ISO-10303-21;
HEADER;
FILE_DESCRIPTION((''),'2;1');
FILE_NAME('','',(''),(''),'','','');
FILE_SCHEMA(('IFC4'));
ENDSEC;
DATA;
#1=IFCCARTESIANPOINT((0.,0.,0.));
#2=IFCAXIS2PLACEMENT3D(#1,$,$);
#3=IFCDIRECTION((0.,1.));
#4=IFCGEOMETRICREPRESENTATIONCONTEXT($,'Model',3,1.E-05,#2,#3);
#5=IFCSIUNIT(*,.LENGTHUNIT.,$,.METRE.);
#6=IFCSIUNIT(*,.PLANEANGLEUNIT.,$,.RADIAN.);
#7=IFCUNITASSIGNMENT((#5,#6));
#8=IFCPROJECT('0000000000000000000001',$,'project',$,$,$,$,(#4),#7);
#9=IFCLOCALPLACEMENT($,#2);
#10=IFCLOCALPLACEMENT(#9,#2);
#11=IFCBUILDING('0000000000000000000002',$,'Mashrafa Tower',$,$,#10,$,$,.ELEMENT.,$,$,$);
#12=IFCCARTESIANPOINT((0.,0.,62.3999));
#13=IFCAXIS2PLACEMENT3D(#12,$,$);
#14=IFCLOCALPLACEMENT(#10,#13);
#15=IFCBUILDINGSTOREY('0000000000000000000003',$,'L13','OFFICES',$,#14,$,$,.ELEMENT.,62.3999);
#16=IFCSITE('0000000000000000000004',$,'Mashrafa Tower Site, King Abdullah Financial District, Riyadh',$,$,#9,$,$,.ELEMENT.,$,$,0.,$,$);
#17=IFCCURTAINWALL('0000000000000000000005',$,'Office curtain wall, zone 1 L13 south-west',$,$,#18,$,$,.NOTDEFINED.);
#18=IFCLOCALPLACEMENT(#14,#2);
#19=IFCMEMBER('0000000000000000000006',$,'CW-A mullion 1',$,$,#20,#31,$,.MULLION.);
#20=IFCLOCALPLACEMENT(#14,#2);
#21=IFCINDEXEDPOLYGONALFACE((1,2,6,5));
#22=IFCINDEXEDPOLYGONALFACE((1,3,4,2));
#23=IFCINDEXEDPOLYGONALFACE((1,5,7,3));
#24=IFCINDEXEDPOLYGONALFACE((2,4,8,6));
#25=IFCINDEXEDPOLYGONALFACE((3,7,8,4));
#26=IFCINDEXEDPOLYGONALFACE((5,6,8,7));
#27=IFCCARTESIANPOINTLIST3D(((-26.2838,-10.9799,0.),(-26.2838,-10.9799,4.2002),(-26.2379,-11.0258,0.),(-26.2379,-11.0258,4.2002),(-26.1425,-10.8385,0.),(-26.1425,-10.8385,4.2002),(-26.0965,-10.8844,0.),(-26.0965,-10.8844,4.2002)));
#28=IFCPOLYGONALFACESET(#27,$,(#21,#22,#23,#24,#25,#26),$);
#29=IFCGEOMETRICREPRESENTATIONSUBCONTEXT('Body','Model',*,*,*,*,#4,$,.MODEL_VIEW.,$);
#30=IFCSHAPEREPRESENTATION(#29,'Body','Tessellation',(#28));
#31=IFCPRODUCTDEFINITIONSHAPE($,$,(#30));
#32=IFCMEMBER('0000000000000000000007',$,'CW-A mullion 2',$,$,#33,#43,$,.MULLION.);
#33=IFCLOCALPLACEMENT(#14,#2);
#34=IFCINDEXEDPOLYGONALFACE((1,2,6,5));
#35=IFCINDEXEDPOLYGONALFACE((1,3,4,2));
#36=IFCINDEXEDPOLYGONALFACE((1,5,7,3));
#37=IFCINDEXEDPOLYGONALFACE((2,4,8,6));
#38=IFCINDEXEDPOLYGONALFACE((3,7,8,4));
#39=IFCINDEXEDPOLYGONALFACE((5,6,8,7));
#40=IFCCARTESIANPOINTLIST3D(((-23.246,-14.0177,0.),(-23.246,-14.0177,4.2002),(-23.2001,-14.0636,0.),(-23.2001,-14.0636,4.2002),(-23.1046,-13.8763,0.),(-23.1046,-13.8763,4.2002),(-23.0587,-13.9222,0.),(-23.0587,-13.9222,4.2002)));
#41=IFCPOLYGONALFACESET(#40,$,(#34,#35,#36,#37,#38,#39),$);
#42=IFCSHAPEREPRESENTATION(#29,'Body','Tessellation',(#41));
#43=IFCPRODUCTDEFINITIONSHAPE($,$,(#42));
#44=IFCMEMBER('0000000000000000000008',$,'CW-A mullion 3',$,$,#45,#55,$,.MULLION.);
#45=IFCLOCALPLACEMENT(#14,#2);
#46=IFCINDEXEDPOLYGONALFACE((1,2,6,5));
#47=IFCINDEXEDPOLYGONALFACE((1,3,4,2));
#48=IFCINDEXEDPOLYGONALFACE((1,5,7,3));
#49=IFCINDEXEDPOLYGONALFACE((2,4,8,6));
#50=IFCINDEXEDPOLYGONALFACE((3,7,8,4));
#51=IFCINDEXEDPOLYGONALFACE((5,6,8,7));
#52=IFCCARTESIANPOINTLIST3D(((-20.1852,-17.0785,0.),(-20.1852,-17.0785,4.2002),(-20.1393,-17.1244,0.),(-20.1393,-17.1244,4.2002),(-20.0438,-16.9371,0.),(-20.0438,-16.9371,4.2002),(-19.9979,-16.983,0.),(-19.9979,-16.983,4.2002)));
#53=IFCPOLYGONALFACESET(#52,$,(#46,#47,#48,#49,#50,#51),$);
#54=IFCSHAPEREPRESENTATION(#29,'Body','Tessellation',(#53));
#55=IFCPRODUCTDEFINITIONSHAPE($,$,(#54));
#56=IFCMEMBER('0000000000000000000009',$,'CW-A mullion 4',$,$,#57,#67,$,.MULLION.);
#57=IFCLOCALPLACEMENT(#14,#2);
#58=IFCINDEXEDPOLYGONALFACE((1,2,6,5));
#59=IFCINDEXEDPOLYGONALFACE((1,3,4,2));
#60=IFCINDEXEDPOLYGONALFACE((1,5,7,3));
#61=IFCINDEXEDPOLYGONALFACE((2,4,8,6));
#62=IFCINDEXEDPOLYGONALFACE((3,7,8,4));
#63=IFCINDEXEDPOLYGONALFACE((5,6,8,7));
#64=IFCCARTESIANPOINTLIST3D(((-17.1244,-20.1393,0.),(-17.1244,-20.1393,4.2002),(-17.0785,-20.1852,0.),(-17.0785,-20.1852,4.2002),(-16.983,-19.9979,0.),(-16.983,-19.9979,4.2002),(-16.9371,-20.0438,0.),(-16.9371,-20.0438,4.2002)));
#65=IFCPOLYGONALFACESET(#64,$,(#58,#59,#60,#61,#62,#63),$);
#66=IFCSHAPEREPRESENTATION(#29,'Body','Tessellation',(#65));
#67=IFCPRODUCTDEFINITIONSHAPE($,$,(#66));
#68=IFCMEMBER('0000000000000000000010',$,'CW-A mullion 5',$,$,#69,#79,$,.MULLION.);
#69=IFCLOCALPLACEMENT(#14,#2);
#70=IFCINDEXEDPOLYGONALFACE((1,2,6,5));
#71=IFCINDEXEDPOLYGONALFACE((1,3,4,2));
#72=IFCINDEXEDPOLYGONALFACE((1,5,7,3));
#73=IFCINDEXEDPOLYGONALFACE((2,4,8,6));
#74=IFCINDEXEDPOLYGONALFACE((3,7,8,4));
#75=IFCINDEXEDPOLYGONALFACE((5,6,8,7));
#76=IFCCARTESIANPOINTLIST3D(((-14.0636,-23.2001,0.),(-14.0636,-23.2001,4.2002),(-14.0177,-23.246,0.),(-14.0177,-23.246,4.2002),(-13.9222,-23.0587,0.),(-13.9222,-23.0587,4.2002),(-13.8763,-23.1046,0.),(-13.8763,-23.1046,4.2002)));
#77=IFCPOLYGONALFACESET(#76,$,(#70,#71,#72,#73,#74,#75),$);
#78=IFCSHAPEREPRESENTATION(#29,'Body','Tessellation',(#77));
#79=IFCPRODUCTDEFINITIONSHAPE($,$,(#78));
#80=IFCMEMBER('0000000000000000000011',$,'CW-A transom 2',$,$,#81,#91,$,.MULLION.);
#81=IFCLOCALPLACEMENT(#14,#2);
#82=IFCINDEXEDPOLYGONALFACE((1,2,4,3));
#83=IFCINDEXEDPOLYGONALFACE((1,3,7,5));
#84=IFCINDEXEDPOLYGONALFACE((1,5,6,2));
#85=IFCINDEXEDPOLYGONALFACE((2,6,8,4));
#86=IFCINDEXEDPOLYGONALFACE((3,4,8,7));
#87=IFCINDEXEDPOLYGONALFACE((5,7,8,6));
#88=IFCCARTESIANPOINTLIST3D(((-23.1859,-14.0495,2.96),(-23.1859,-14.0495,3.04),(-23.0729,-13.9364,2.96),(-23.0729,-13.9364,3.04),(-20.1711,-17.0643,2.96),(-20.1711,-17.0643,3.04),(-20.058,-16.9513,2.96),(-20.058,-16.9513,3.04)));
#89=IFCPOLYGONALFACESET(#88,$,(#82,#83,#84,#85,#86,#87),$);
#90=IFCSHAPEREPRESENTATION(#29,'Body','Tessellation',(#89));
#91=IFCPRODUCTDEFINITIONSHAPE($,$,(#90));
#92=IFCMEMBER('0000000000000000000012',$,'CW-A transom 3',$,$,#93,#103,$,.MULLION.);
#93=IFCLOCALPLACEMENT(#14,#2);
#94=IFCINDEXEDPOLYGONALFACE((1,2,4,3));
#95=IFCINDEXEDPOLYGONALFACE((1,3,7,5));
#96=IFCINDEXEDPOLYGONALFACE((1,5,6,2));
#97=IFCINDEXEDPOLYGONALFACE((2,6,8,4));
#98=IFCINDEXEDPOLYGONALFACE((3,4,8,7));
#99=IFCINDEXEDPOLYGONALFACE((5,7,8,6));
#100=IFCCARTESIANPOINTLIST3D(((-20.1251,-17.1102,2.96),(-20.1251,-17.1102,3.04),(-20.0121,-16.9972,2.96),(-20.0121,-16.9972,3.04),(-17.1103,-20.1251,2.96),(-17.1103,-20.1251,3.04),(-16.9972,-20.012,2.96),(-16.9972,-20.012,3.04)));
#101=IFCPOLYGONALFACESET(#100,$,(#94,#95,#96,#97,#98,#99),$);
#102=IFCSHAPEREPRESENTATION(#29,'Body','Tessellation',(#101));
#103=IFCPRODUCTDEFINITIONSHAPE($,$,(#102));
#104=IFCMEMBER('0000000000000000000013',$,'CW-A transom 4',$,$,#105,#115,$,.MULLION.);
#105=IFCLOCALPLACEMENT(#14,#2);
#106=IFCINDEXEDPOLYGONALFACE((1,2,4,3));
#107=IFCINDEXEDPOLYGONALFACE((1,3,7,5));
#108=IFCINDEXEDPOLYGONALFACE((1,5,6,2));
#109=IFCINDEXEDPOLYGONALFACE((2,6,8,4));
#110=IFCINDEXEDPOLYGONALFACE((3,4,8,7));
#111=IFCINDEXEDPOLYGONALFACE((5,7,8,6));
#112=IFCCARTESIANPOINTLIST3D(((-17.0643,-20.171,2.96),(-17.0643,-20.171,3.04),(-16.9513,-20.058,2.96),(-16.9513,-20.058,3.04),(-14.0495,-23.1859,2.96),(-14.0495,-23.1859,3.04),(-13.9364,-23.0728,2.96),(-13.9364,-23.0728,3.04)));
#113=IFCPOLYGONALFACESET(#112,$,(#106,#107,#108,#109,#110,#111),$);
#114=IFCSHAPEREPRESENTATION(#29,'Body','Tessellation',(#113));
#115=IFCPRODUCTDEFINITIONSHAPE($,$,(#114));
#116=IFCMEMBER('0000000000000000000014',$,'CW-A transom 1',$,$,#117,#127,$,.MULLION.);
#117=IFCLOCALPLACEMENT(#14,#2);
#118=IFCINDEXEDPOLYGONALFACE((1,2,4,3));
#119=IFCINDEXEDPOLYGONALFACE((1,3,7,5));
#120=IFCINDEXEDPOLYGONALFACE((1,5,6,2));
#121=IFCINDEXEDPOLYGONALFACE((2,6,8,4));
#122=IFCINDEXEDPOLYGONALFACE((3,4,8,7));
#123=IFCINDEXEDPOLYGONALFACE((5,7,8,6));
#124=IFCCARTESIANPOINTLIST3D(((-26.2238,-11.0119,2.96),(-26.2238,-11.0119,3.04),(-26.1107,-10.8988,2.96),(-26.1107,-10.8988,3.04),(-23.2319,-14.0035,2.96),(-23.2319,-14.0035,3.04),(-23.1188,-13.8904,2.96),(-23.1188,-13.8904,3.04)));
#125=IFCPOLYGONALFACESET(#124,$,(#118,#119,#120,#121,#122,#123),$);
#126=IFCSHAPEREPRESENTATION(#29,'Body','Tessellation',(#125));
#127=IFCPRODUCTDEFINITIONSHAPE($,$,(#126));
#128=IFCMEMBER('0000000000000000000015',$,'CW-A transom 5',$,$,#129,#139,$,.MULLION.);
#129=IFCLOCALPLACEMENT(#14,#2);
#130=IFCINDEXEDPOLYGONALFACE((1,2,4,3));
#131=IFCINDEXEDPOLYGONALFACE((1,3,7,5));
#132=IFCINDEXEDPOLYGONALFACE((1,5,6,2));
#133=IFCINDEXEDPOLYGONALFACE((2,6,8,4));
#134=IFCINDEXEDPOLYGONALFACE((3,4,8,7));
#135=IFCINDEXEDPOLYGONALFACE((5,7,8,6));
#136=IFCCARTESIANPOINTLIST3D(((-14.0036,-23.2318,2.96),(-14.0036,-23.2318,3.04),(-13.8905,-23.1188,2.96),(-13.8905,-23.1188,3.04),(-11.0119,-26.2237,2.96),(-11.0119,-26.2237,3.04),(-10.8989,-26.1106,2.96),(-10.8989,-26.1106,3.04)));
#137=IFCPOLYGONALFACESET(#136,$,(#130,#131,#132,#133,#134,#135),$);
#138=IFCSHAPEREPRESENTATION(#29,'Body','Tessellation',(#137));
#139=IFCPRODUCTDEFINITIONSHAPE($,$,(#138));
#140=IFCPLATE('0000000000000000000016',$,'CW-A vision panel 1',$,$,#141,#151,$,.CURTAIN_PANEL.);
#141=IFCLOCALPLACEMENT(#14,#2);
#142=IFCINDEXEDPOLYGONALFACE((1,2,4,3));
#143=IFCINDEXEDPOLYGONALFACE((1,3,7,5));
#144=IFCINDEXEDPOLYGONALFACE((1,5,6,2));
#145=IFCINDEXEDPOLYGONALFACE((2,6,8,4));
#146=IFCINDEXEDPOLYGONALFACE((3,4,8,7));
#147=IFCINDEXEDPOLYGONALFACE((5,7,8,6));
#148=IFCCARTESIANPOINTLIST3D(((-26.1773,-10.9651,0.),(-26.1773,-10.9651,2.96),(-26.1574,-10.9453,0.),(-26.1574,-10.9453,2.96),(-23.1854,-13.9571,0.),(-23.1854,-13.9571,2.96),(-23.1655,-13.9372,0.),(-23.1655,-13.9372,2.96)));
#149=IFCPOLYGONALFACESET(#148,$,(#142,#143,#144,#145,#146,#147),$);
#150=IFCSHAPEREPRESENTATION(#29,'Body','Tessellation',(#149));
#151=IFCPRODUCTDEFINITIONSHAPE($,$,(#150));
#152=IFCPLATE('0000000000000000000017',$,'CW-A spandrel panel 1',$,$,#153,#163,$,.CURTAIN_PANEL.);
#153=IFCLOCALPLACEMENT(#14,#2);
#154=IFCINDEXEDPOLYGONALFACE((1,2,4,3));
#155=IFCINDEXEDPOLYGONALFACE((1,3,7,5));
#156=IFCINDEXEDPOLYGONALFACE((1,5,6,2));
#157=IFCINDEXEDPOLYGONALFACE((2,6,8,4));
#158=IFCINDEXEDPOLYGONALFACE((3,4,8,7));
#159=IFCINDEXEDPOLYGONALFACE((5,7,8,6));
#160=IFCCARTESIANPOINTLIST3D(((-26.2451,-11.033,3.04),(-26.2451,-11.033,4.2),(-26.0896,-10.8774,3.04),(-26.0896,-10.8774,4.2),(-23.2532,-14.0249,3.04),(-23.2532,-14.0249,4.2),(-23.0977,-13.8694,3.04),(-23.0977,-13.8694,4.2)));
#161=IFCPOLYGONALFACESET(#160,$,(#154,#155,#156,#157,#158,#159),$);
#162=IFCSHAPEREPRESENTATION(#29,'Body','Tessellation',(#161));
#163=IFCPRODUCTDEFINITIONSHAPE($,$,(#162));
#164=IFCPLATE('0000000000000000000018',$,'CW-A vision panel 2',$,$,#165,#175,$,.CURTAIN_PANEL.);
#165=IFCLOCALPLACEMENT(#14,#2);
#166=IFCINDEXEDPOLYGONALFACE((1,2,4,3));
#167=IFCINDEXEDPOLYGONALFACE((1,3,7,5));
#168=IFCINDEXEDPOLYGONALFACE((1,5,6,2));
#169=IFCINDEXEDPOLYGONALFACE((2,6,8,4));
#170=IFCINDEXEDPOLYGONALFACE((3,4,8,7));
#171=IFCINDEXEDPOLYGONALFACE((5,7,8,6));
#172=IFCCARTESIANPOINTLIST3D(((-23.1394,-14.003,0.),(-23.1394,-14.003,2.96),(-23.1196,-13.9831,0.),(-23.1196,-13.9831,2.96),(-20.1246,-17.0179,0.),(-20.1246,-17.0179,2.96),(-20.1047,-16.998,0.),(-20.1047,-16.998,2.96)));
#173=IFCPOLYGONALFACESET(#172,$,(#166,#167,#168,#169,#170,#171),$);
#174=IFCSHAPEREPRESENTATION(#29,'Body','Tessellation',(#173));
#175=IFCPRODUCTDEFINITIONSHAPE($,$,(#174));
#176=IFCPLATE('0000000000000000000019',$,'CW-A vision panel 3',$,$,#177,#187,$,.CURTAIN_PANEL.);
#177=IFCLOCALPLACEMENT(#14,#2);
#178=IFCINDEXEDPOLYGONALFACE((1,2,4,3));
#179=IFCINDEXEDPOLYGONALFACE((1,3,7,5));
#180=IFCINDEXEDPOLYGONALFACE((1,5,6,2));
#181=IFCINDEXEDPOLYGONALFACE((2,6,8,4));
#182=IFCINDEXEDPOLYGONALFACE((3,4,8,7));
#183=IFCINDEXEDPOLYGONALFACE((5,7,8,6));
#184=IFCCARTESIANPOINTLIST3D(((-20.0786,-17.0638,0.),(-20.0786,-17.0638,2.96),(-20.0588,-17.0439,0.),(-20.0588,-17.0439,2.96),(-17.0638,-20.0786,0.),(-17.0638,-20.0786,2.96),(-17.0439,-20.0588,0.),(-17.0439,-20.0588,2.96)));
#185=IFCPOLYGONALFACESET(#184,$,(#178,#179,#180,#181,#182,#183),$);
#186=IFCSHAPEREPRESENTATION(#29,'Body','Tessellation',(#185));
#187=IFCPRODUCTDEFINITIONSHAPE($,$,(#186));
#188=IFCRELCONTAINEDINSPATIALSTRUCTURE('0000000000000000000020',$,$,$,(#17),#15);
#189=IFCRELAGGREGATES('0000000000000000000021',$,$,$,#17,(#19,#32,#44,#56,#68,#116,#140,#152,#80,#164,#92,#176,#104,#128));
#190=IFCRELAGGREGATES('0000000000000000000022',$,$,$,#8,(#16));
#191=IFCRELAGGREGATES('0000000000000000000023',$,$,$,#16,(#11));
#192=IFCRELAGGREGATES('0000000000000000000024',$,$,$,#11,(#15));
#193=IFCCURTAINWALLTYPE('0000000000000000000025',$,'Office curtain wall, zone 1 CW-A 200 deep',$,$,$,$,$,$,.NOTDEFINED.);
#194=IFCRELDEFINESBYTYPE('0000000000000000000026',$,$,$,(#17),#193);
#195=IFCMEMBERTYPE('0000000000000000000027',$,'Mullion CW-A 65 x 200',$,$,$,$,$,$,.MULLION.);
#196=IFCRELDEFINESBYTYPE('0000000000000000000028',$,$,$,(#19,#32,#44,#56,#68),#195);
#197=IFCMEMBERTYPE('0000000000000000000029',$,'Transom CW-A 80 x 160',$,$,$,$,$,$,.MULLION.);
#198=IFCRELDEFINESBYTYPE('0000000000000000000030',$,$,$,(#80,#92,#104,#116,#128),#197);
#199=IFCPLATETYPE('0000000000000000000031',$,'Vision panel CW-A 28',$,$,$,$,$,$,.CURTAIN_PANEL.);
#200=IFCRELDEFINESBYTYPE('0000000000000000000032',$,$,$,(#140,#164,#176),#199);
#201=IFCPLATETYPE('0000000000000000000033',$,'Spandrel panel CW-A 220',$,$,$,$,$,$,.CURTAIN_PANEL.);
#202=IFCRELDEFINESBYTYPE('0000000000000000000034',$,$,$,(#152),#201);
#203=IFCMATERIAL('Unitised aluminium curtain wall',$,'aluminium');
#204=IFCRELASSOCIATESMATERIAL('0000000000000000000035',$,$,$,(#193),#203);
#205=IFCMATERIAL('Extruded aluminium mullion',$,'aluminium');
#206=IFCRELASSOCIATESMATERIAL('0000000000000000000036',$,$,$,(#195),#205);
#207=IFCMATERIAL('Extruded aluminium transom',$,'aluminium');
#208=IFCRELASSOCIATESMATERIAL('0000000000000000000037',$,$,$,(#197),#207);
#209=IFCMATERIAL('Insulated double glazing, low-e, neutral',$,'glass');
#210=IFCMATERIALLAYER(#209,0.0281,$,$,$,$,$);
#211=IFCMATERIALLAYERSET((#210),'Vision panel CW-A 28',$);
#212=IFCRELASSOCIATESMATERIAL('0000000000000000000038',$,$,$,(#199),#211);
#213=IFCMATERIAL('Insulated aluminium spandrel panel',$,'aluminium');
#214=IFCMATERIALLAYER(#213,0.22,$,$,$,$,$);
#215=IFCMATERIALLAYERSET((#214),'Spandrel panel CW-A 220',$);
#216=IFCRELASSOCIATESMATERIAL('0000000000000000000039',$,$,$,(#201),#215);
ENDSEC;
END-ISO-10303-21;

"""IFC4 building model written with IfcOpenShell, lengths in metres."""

from ifc_helpers import new_model, si_unit, direction, frame, origin, origin_2d, place, context, subcontext, project, spatial, rectangle, extrude, source, transform, mapped, material, layer, layer_set, material_profile, profile_set, type_object, type_shapes, element, aggregate, save


model = new_model("IFC4")

# Units and contexts
model_context = context("Model", 3, precision=1e-05, world=origin(), true_north=direction((0.0, 1.0)))
body_context = subcontext(model_context, "Body", "Model", "MODEL_VIEW")
ifc_project = project(units=[si_unit("LENGTHUNIT", "METRE"), si_unit("PLANEANGLEUNIT", "RADIAN")], contexts=[model_context])

# Site, building, storey
site_placement = place(None, origin())
site = spatial("IfcSite", under=ifc_project, at=site_placement, Name="Mashrafa Tower Site, King Abdullah Financial District, Riyadh", CompositionType="ELEMENT", RefElevation=0.0)
building_placement = place(site_placement, origin())
building = spatial("IfcBuilding", under=site, at=building_placement, Name="Mashrafa Tower", CompositionType="ELEMENT")
storey_placement = place(building_placement, frame((0.0, 0.0, 62.3999)))
storey = spatial("IfcBuildingStorey", under=building, at=storey_placement, Name="L13", Description="OFFICES", CompositionType="ELEMENT", Elevation=62.3999)

# Shared definitions
ifc_material_1 = material(Name="Unitised aluminium curtain wall", Category="aluminium")
curtain_wall_type = type_object("IfcCurtainWallType", Name="Office curtain wall, zone 1 CW-A 200 deep", PredefinedType="NOTDEFINED", material=ifc_material_1)
ifc_material_2 = material(Name="Extruded aluminium mullion", Category="aluminium")
ifc_material_profile_1 = material_profile(ifc_material_2, rectangle(XDim=0.2, YDim=0.0649, at=origin_2d()), Name="Mullion 65x200")
ifc_profile_set_1 = profile_set([ifc_material_profile_1], Name="Extruded aluminium mullion")
member_type_1 = type_object("IfcMemberType", Name="Mullion CW-A 65 x 200", PredefinedType="MULLION", material=ifc_profile_set_1)
shared_shape_1 = source(origin(), body_context, "Body", "SweptSolid", [
    extrude(rectangle(XDim=0.2, YDim=0.0649, at=origin_2d()), origin(), (0.0, 0.0, 1.0), 4.2002),
])
type_shapes(member_type_1, [shared_shape_1])

# Curtain wall, members, plates
curtain_wall_1_placement = place(storey_placement, origin())
curtain_wall_1 = element("IfcCurtainWall", 1, at=curtain_wall_1_placement, inside=storey, type_object=curtain_wall_type, Name="Office curtain wall, zone 1 L13 south-west", PredefinedType="NOTDEFINED")
member_1_placement = place(storey_placement, frame((-26.1902, -10.9321, 0.0), z_axis=(0.0, 0.0, 1.0), x_axis=(0.707107, 0.707107, 0.0)))
member_1 = element("IfcMember", 2, at=member_1_placement, type_object=member_type_1, Name="CW-A mullion 1", PredefinedType="MULLION", context=body_context, shape_type="MappedRepresentation", body=[
    mapped(shared_shape_1, transform((0.0, 0.0, 0.0))),
])
member_2_placement = place(storey_placement, frame((-23.1523, -13.97, 0.0), z_axis=(0.0, 0.0, 1.0), x_axis=(0.707107, 0.707107, 0.0)))
member_2 = element("IfcMember", 3, at=member_2_placement, type_object=member_type_1, Name="CW-A mullion 2", PredefinedType="MULLION", context=body_context, shape_type="MappedRepresentation", body=[
    mapped(shared_shape_1, transform((0.0, 0.0, 0.0))),
])
member_3_placement = place(storey_placement, frame((-20.0916, -17.0308, 0.0), z_axis=(0.0, 0.0, 1.0), x_axis=(0.707107, 0.707107, 0.0)))
member_3 = element("IfcMember", 4, at=member_3_placement, type_object=member_type_1, Name="CW-A mullion 3", PredefinedType="MULLION", context=body_context, shape_type="MappedRepresentation", body=[
    mapped(shared_shape_1, transform((0.0, 0.0, 0.0))),
])
member_4_placement = place(storey_placement, frame((-17.0308, -20.0916, 0.0), z_axis=(0.0, 0.0, 1.0), x_axis=(0.707107, 0.707107, 0.0)))
member_4 = element("IfcMember", 5, at=member_4_placement, type_object=member_type_1, Name="CW-A mullion 4", PredefinedType="MULLION", context=body_context, shape_type="MappedRepresentation", body=[
    mapped(shared_shape_1, transform((0.0, 0.0, 0.0))),
])
member_5_placement = place(storey_placement, frame((-13.97, -23.1523, 0.0), z_axis=(0.0, 0.0, 1.0), x_axis=(0.707107, 0.707107, 0.0)))
member_5 = element("IfcMember", 6, at=member_5_placement, type_object=member_type_1, Name="CW-A mullion 5", PredefinedType="MULLION", context=body_context, shape_type="MappedRepresentation", body=[
    mapped(shared_shape_1, transform((0.0, 0.0, 0.0))),
])
ifc_material_3 = material(Name="Extruded aluminium transom", Category="aluminium")
ifc_material_profile_2 = material_profile(ifc_material_3, rectangle(XDim=0.1599, YDim=0.0801, at=origin_2d()), Name="Transom 80x160")
ifc_profile_set_2 = profile_set([ifc_material_profile_2], Name="Extruded aluminium transom")
member_type_2 = type_object("IfcMemberType", Name="Transom CW-A 80 x 160", PredefinedType="MULLION", material=ifc_profile_set_2)
shared_shape_2 = source(origin(), body_context, "Body", "SweptSolid", [
    extrude(rectangle(XDim=0.1599, YDim=0.0801, at=origin_2d()), origin(), (0.0, 0.0, 1.0), 4.2637),
])
member_6_placement = place(storey_placement, frame((-23.1294, -13.9929, 3.0), z_axis=(0.707107, -0.707107, 0.0), x_axis=(0.707107, 0.707107, 0.0)))
member_6 = element("IfcMember", 7, at=member_6_placement, type_object=member_type_2, Name="CW-A transom 2", PredefinedType="MULLION", context=body_context, shape_type="MappedRepresentation", body=[
    mapped(shared_shape_2, transform((0.0, 0.0, 0.0))),
])
member_7_placement = place(storey_placement, frame((-20.0686, -17.0537, 3.0), z_axis=(0.707107, -0.707107, 0.0), x_axis=(0.707107, 0.707107, 0.0)))
member_7 = element("IfcMember", 8, at=member_7_placement, type_object=member_type_2, Name="CW-A transom 3", PredefinedType="MULLION", context=body_context, shape_type="MappedRepresentation", body=[
    mapped(shared_shape_2, transform((0.0, 0.0, 0.0))),
])
member_8_placement = place(storey_placement, frame((-17.0078, -20.1145, 3.0), z_axis=(0.707107, -0.707107, 0.0), x_axis=(0.707107, 0.707107, 0.0)))
member_8 = element("IfcMember", 9, at=member_8_placement, type_object=member_type_2, Name="CW-A transom 4", PredefinedType="MULLION", context=body_context, shape_type="MappedRepresentation", body=[
    mapped(shared_shape_2, transform((0.0, 0.0, 0.0))),
])
shared_shape_3 = source(origin(), body_context, "Body", "SweptSolid", [
    extrude(rectangle(XDim=0.1599, YDim=0.0801, at=origin_2d()), origin(), (0.0, 0.0, 1.0), 4.231),
])
type_shapes(member_type_2, [shared_shape_2, shared_shape_3])
member_9_placement = place(storey_placement, frame((-26.1672, -10.9553, 3.0), z_axis=(0.707136, -0.707078, 0.0), x_axis=(0.707078, 0.707136, 0.0)))
member_9 = element("IfcMember", 10, at=member_9_placement, type_object=member_type_2, Name="CW-A transom 1", PredefinedType="MULLION", context=body_context, shape_type="MappedRepresentation", body=[
    mapped(shared_shape_3, transform((0.0, 0.0, 0.0))),
])
member_10_placement = place(storey_placement, frame((-13.947, -23.1753, 3.0), z_axis=(0.707078, -0.707136, 0.0), x_axis=(0.707136, 0.707078, 0.0)))
member_10 = element("IfcMember", 11, at=member_10_placement, type_object=member_type_2, Name="CW-A transom 5", PredefinedType="MULLION", context=body_context, shape_type="MappedRepresentation", body=[
    mapped(shared_shape_3, transform((0.0, 0.0, 0.0))),
])
ifc_material_4 = material(Name="Insulated double glazing, low-e, neutral", Category="glass")
ifc_layer_1 = layer(ifc_material_4, 0.0281)
ifc_layer_set_1 = layer_set([ifc_layer_1], Name="Vision panel CW-A 28")
plate_type_1 = type_object("IfcPlateType", Name="Vision panel CW-A 28", PredefinedType="CURTAIN_PANEL", material=ifc_layer_set_1)
shared_shape_4 = source(origin(), body_context, "Body", "SweptSolid", [
    extrude(rectangle(XDim=4.2312, YDim=0.0281, at=origin_2d()), origin(), (0.0, 0.0, 1.0), 2.96),
])
plate_1_placement = place(storey_placement, frame((-24.6714, -12.4512, 0.0), z_axis=(0.0, 0.0, 1.0), x_axis=(0.707107, -0.707107, 0.0)))
plate_1 = element("IfcPlate", 12, at=plate_1_placement, type_object=plate_type_1, Name="CW-A vision panel 1", PredefinedType="CURTAIN_PANEL", context=body_context, shape_type="MappedRepresentation", body=[
    mapped(shared_shape_4, transform((0.0, 0.0, 0.0))),
])
ifc_material_5 = material(Name="Insulated aluminium spandrel panel", Category="aluminium")
ifc_layer_2 = layer(ifc_material_5, 0.22)
ifc_layer_set_2 = layer_set([ifc_layer_2], Name="Spandrel panel CW-A 220")
plate_type_2 = type_object("IfcPlateType", Name="Spandrel panel CW-A 220", PredefinedType="CURTAIN_PANEL", material=ifc_layer_set_2)
shared_shape_5 = source(origin(), body_context, "Body", "SweptSolid", [
    extrude(rectangle(XDim=4.2312, YDim=0.22, at=origin_2d()), origin(), (0.0, 0.0, 1.0), 1.1599),
])
plate_2_placement = place(storey_placement, frame((-24.6714, -12.4512, 3.04), z_axis=(0.0, 0.0, 1.0), x_axis=(0.707107, -0.707107, 0.0)))
plate_2 = element("IfcPlate", 13, at=plate_2_placement, type_object=plate_type_2, Name="CW-A spandrel panel 1", PredefinedType="CURTAIN_PANEL", context=body_context, shape_type="MappedRepresentation", body=[
    mapped(shared_shape_5, transform((0.0, 0.0, 0.0))),
])
shared_shape_6 = source(origin(), body_context, "Body", "SweptSolid", [
    extrude(rectangle(XDim=4.2637, YDim=0.0281, at=origin_2d()), origin(), (0.0, 0.0, 1.0), 2.96),
])
type_shapes(plate_type_1, [shared_shape_4, shared_shape_6])
plate_3_placement = place(storey_placement, frame((-21.6221, -15.5005, 0.0), z_axis=(0.0, 0.0, 1.0), x_axis=(0.707107, -0.707107, 0.0)))
plate_3 = element("IfcPlate", 14, at=plate_3_placement, type_object=plate_type_1, Name="CW-A vision panel 2", PredefinedType="CURTAIN_PANEL", context=body_context, shape_type="MappedRepresentation", body=[
    mapped(shared_shape_6, transform((0.0, 0.0, 0.0))),
])
plate_4_placement = place(storey_placement, frame((-18.5613, -18.5613, 0.0), z_axis=(0.0, 0.0, 1.0), x_axis=(0.707107, -0.707107, 0.0)))
plate_4 = element("IfcPlate", 15, at=plate_4_placement, type_object=plate_type_1, Name="CW-A vision panel 3", PredefinedType="CURTAIN_PANEL", context=body_context, shape_type="MappedRepresentation", body=[
    mapped(shared_shape_6, transform((0.0, 0.0, 0.0))),
])
aggregate(curtain_wall_1, [member_1, member_2, member_3, member_4, member_5, member_9, plate_1, plate_2, member_6, plate_3, member_7, plate_4, member_8, member_10])

save(model, "model.ifc")
